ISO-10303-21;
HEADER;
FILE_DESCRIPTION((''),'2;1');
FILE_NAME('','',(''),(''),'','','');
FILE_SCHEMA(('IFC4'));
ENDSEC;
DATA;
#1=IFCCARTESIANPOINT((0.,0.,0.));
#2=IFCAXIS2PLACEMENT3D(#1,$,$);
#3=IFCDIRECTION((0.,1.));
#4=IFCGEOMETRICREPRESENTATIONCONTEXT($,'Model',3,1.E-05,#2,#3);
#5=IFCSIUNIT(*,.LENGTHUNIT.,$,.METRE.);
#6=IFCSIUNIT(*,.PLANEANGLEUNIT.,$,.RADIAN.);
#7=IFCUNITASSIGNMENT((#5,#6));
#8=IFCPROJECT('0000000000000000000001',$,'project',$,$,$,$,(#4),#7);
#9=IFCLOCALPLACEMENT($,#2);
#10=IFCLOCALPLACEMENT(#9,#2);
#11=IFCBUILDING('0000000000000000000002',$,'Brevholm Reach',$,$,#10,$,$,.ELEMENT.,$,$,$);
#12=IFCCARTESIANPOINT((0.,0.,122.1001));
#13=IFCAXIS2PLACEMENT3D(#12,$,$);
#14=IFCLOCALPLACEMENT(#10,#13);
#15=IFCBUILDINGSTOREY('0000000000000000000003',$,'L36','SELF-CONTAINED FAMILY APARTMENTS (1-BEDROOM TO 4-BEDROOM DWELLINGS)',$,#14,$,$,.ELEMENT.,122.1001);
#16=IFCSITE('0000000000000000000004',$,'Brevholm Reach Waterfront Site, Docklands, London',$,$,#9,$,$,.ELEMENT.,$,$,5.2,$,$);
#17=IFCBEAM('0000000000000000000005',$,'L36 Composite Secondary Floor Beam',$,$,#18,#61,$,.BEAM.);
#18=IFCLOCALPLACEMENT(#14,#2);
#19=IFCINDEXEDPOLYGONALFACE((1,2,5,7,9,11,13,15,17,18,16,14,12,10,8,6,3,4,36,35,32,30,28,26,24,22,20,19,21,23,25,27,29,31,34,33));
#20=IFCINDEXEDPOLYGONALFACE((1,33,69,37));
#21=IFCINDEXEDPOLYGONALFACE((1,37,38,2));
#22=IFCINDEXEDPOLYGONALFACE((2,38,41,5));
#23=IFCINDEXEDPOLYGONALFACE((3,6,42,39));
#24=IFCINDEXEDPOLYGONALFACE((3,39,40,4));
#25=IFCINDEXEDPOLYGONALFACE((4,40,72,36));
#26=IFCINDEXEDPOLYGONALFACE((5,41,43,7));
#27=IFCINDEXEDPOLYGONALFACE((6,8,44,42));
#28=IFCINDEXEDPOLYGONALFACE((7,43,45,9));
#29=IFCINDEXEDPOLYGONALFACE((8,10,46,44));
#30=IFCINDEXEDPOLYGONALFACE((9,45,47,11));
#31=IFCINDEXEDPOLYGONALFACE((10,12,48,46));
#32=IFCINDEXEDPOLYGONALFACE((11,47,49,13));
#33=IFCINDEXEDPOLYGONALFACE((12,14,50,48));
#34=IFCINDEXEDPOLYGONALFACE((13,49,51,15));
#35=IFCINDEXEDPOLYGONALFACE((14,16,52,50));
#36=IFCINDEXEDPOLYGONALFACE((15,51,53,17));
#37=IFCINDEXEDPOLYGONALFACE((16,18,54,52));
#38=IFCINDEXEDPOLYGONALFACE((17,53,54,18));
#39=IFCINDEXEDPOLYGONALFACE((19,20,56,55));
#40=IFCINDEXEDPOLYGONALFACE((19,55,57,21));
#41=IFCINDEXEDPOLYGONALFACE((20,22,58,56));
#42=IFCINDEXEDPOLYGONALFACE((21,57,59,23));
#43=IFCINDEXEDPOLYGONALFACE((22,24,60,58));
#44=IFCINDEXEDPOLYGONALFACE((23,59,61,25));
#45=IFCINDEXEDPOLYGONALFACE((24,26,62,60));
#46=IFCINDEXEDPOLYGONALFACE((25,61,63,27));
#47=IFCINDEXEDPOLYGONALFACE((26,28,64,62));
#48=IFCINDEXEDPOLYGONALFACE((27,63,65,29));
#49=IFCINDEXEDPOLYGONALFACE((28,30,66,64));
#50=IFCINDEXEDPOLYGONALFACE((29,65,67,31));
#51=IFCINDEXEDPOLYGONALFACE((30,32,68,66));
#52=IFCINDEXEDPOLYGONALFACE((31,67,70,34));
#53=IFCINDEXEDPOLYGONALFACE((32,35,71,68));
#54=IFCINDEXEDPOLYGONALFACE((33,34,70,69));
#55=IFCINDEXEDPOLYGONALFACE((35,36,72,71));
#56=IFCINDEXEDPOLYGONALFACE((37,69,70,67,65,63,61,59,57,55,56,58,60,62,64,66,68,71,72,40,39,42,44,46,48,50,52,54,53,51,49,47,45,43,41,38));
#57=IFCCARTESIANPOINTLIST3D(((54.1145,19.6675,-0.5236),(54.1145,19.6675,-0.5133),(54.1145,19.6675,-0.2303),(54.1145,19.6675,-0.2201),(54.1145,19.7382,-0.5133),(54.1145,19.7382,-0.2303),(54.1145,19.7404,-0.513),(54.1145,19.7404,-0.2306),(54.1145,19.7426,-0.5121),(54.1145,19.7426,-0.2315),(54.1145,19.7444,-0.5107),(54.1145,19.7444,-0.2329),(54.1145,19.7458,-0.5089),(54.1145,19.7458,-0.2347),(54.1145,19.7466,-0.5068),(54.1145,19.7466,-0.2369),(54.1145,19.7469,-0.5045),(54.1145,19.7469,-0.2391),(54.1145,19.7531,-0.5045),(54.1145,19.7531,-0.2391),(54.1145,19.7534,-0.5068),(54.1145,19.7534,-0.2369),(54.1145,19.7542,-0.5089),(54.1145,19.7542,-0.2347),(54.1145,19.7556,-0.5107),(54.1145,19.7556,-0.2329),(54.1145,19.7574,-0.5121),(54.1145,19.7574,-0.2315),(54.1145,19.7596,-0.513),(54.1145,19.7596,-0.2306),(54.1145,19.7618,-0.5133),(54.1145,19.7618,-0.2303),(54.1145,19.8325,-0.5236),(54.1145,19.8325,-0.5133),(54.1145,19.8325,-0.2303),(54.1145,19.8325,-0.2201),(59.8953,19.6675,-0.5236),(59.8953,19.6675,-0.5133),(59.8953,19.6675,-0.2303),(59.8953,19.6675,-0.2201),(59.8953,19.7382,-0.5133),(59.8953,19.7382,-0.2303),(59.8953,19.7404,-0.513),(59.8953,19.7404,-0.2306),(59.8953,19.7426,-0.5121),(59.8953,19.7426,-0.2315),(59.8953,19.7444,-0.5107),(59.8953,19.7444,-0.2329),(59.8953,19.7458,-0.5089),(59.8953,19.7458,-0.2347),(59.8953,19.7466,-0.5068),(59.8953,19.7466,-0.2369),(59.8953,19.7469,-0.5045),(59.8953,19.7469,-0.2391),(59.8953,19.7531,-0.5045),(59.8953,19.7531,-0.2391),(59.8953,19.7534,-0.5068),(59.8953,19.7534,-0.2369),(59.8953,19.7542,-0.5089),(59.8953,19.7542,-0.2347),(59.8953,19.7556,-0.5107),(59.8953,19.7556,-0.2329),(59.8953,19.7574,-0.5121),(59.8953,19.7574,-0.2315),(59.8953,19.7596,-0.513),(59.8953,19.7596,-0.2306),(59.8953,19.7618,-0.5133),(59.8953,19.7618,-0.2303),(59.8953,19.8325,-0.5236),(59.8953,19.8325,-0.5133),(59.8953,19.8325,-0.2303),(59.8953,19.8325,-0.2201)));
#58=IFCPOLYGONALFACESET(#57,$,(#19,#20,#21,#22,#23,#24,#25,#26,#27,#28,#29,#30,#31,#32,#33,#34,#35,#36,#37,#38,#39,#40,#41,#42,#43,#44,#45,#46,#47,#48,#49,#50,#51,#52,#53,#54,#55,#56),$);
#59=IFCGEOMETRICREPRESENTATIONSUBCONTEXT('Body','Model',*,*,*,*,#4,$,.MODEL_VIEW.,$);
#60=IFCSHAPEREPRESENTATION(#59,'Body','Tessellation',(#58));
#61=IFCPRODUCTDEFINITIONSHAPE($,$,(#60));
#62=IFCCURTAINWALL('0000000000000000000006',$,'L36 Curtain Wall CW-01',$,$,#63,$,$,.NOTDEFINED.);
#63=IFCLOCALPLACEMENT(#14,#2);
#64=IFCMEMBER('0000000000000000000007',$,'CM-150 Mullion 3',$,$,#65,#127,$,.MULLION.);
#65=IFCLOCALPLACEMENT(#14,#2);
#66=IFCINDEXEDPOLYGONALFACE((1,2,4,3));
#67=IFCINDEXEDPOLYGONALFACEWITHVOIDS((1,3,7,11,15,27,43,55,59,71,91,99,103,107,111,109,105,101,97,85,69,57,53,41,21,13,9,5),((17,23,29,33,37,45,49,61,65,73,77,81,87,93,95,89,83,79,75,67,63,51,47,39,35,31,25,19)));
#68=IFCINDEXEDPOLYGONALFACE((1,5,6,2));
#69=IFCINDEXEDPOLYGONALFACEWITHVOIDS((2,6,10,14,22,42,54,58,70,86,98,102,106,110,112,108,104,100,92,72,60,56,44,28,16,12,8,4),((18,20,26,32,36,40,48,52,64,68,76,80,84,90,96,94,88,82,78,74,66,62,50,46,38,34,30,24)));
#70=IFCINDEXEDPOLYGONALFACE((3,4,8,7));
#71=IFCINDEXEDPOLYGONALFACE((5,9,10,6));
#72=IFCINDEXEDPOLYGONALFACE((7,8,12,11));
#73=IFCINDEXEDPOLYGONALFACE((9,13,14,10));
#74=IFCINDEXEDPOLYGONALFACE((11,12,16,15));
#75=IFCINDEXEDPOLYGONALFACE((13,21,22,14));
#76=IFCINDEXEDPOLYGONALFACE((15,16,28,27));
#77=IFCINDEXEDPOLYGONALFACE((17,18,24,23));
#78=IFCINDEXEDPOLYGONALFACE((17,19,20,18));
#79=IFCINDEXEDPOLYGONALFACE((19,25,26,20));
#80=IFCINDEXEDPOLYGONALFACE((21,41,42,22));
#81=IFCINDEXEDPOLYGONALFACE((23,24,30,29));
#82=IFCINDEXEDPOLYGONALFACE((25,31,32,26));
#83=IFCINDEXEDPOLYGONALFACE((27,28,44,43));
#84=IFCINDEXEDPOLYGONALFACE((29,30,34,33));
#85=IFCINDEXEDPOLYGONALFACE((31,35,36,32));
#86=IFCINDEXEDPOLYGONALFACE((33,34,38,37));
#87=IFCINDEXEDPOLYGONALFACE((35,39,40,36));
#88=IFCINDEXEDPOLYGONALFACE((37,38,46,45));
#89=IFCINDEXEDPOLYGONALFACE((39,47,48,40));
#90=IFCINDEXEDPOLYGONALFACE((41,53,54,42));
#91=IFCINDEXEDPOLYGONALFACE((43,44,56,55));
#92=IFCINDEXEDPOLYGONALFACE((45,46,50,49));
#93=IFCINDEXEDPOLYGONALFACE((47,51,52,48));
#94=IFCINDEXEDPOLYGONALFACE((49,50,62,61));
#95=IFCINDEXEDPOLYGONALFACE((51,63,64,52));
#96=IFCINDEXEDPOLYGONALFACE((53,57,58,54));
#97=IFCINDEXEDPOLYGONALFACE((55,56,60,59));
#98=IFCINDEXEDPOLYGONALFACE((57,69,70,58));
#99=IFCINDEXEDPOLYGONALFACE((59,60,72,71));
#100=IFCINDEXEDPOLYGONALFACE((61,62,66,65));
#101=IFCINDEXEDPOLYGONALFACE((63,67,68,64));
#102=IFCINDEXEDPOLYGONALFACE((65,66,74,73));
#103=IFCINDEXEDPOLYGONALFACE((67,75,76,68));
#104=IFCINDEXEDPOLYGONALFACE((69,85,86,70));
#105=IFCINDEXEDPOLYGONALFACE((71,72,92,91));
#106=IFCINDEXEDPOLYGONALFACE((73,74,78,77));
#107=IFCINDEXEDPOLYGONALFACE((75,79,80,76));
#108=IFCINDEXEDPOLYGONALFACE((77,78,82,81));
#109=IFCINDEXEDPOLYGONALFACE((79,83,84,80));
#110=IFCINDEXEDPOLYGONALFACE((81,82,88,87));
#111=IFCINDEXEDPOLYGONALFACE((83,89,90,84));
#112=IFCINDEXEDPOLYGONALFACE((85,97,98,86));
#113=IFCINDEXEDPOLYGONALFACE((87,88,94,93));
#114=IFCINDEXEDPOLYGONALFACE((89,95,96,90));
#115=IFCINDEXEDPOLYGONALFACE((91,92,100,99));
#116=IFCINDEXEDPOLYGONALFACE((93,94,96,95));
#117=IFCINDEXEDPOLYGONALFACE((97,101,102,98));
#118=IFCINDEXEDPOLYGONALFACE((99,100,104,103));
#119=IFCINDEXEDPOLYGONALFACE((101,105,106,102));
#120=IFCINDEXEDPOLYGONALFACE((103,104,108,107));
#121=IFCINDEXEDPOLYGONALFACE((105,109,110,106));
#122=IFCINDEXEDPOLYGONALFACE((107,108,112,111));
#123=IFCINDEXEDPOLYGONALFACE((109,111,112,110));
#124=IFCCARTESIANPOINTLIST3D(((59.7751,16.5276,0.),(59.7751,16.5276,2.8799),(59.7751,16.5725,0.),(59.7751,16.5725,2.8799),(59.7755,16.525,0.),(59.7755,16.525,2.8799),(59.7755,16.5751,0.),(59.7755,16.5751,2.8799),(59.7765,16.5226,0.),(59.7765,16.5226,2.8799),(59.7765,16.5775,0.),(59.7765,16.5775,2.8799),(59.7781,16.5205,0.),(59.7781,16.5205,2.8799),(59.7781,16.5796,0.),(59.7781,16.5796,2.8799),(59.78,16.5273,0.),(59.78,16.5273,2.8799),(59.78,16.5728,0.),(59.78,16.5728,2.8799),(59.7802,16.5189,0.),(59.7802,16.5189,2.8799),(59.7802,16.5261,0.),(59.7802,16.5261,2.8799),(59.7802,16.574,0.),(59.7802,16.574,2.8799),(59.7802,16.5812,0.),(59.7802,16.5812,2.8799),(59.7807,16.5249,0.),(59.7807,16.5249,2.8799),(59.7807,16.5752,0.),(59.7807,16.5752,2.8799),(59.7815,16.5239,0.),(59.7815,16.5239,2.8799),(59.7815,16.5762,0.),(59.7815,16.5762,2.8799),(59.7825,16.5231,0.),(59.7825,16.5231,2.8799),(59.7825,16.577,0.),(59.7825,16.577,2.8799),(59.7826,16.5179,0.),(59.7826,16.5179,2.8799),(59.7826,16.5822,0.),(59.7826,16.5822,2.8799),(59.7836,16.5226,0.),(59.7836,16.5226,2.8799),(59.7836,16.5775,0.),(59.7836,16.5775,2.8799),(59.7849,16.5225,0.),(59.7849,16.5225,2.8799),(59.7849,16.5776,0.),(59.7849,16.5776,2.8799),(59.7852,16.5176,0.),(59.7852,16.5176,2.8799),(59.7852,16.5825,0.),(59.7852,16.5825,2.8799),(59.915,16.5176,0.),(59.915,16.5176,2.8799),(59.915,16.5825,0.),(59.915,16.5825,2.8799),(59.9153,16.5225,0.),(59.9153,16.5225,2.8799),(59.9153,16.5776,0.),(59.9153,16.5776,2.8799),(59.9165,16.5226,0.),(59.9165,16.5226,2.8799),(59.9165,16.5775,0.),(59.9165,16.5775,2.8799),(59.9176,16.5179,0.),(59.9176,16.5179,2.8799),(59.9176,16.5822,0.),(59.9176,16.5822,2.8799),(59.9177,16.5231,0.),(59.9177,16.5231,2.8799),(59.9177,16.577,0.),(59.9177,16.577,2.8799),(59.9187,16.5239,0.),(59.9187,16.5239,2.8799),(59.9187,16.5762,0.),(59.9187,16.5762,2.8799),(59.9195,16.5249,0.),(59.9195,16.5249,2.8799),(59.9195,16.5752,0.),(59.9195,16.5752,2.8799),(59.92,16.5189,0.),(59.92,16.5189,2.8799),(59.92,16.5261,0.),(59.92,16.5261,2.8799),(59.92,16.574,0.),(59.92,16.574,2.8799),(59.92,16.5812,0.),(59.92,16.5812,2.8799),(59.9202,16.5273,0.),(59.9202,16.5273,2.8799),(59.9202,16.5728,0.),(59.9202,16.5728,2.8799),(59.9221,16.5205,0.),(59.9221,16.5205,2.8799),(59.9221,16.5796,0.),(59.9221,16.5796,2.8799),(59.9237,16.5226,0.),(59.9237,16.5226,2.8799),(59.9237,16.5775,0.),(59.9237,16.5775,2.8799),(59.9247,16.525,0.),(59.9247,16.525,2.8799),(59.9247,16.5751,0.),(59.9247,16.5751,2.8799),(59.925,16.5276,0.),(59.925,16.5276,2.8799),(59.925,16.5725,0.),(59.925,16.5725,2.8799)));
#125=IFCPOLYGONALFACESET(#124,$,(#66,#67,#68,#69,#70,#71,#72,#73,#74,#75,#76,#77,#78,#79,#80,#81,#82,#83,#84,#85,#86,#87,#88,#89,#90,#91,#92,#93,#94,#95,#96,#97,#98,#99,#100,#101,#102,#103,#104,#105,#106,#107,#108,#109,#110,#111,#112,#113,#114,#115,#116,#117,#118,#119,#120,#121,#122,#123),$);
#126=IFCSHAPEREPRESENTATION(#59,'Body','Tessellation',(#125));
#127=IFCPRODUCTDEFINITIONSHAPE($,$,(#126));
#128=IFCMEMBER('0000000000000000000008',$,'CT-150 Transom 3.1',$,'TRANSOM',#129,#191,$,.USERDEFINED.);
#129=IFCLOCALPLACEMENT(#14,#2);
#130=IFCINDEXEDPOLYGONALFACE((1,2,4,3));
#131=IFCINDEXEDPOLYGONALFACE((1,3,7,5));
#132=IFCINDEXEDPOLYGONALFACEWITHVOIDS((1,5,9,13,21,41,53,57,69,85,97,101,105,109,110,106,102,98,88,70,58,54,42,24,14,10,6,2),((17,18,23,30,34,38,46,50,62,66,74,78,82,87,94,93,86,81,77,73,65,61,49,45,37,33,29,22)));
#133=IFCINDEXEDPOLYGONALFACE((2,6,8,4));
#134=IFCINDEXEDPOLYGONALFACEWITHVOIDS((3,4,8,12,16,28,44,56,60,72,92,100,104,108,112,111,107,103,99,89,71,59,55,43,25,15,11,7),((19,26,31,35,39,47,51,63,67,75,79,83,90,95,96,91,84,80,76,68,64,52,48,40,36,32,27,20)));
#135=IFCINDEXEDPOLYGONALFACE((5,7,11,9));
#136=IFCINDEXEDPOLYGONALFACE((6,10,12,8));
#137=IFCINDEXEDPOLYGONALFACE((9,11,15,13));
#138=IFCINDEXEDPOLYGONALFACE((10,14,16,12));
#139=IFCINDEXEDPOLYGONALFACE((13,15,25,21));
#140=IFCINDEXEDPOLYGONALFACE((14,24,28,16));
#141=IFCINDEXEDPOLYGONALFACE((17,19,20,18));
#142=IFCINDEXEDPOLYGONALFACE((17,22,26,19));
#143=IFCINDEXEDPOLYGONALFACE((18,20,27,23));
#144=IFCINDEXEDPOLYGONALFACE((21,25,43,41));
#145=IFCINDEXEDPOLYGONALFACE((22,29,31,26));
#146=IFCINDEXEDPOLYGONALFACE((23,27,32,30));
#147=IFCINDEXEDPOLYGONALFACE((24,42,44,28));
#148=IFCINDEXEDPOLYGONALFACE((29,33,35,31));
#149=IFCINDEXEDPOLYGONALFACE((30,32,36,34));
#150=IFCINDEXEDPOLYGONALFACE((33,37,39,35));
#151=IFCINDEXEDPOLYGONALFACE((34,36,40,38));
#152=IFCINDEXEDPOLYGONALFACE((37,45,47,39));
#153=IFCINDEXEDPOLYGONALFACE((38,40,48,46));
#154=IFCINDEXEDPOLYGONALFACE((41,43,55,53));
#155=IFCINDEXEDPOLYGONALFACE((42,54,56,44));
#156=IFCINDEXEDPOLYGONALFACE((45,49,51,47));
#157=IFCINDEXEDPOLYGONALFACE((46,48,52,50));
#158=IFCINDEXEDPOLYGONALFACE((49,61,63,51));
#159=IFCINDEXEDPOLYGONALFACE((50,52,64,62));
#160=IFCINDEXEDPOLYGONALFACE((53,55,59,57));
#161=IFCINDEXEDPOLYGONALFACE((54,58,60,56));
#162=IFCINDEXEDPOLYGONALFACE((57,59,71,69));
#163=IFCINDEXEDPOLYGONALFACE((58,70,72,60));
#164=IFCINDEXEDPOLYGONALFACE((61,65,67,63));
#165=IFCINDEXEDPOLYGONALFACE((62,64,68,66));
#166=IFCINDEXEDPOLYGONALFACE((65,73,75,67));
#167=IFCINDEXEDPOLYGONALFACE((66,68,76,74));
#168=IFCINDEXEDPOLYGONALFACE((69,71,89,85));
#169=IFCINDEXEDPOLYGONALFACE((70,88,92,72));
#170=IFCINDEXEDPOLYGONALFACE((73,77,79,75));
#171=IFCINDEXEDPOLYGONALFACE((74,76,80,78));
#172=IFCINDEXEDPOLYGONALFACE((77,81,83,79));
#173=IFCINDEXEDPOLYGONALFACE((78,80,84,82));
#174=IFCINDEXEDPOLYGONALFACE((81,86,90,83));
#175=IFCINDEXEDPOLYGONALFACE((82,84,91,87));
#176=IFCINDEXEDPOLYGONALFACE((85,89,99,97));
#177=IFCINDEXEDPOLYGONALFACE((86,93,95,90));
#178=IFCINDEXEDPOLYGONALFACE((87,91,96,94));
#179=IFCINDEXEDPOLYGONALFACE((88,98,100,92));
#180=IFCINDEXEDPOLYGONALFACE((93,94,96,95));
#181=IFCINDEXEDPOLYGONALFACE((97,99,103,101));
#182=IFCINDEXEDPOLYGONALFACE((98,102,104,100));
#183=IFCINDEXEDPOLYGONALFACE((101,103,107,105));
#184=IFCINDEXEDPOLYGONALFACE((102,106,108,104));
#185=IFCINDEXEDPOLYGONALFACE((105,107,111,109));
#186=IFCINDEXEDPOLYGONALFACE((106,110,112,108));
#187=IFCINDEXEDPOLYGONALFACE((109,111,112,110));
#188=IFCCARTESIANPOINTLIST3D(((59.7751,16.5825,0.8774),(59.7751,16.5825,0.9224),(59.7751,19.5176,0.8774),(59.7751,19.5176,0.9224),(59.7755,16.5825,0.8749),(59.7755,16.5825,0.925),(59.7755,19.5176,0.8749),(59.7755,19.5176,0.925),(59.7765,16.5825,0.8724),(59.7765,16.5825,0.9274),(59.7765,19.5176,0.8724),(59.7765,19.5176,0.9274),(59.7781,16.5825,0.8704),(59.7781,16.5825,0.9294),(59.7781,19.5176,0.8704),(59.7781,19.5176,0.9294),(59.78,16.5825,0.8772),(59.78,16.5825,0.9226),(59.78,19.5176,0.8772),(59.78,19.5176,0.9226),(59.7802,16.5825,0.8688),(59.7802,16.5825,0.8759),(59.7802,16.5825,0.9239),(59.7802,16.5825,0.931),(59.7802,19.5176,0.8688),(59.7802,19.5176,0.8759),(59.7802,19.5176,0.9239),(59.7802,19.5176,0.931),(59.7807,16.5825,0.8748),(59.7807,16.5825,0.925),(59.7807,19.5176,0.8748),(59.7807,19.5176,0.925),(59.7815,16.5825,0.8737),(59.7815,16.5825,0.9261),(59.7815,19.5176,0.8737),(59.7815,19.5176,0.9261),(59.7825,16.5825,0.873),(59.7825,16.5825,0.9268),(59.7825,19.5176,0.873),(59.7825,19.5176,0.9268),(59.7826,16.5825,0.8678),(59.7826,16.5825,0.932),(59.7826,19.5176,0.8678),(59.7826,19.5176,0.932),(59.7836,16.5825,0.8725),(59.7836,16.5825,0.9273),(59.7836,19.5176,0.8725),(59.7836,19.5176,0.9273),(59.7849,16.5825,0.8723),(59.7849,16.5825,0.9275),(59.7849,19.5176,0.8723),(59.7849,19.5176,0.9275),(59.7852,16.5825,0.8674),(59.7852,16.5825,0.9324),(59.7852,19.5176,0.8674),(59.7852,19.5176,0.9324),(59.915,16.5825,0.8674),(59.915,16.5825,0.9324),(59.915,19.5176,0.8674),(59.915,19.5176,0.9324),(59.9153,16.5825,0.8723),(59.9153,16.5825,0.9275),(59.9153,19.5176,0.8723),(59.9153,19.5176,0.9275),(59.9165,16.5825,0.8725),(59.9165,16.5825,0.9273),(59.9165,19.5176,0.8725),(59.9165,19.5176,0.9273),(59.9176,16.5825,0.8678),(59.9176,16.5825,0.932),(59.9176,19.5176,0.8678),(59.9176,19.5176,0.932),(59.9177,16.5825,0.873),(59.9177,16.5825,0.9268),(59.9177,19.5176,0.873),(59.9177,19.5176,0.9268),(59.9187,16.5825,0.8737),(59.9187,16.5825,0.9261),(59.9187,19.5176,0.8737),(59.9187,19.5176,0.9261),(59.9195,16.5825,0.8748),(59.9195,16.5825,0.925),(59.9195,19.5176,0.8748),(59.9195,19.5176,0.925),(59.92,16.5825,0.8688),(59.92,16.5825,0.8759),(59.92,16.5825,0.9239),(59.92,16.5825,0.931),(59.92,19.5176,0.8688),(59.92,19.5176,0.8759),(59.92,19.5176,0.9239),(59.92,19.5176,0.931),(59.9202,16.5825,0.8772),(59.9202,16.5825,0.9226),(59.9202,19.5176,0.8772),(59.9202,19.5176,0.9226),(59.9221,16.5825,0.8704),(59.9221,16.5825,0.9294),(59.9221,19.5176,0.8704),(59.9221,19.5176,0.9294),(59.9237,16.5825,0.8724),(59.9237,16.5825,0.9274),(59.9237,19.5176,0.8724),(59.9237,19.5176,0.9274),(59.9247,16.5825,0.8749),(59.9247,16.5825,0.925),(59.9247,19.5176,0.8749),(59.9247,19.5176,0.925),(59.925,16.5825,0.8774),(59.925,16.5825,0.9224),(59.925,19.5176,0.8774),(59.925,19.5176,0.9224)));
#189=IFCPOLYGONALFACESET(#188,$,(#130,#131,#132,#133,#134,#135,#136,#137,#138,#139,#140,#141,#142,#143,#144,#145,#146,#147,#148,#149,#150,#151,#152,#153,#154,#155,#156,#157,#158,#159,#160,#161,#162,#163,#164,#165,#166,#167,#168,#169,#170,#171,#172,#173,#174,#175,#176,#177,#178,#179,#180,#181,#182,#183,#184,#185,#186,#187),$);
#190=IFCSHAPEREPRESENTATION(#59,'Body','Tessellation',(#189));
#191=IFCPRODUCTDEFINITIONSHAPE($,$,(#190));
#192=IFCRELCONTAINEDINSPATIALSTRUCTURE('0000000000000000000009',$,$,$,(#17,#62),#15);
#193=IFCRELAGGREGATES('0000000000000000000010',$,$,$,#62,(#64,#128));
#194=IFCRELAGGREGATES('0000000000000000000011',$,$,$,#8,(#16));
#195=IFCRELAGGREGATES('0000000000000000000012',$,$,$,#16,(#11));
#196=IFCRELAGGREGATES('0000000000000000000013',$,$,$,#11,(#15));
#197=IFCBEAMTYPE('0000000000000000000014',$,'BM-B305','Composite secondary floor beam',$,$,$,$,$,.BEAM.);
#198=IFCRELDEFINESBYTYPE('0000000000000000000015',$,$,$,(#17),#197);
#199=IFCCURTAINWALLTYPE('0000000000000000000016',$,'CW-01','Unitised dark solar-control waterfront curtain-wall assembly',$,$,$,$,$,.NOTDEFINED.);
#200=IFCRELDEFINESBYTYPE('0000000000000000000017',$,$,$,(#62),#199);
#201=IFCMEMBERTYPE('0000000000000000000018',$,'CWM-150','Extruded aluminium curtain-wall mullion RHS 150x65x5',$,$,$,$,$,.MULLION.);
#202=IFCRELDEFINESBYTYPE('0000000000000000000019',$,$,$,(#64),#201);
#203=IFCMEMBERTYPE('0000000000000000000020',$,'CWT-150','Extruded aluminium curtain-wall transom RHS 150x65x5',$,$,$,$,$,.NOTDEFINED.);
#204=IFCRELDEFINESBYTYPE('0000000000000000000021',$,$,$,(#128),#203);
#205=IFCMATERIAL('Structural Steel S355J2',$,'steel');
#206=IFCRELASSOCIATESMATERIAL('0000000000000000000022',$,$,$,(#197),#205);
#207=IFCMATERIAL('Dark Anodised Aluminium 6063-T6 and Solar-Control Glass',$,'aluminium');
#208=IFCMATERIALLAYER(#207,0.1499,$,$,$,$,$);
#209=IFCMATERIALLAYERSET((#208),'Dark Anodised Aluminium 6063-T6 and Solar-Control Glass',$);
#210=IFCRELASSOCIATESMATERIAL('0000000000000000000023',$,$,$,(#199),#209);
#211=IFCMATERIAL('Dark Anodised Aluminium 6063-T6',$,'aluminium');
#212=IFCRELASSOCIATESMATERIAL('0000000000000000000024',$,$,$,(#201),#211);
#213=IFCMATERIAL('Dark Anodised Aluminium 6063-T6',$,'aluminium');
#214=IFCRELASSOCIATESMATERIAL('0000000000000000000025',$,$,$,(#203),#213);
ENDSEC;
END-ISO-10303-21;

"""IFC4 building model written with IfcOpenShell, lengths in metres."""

from ifc_helpers import new_model, si_unit, direction, frame, origin, origin_2d, place, context, subcontext, project, spatial, hollow_rectangle, i_section, extrude, material, layer, layer_set, material_profile, profile_set, type_object, element, aggregate, save


model = new_model("IFC4")

# Units and contexts
model_context = context("Model", 3, precision=1e-05, world=origin(), true_north=direction((0.0, 1.0)))
body_context = subcontext(model_context, "Body", "Model", "MODEL_VIEW")
ifc_project = project(units=[si_unit("LENGTHUNIT", "METRE"), si_unit("PLANEANGLEUNIT", "RADIAN")], contexts=[model_context])

# Site, building, storey
site_placement = place(None, origin())
site = spatial("IfcSite", under=ifc_project, at=site_placement, Name="Brevholm Reach Waterfront Site, Docklands, London", CompositionType="ELEMENT", RefElevation=5.2)
building_placement = place(site_placement, origin())
building = spatial("IfcBuilding", under=site, at=building_placement, Name="Brevholm Reach", CompositionType="ELEMENT")
storey_placement = place(building_placement, frame((0.0, 0.0, 122.1001)))
storey = spatial("IfcBuildingStorey", under=building, at=storey_placement, Name="L36", Description="SELF-CONTAINED FAMILY APARTMENTS (1-BEDROOM TO 4-BEDROOM DWELLINGS)", CompositionType="ELEMENT", Elevation=122.1001)

# Beam
ifc_material_1 = material(Name="Structural Steel S355J2", Category="steel")
ifc_material_profile_1 = material_profile(ifc_material_1, i_section(OverallWidth=0.165, OverallDepth=0.3035, WebThickness=0.0061, FlangeThickness=0.0103, FilletRadius=0.0088, at=origin_2d()), Name="UKB 305x165x40")
ifc_profile_set_1 = profile_set([ifc_material_profile_1], Name="Structural Steel S355J2")
beam_type = type_object("IfcBeamType", Name="BM-B305", Description="Composite secondary floor beam", PredefinedType="BEAM", material=ifc_profile_set_1)
beam_placement = place(storey_placement, frame((54.1145, 19.75, -0.3718), z_axis=(1.0, 0.0, 0.0), x_axis=(0.0, 1.0, 0.0)))
element("IfcBeam", 1, at=beam_placement, inside=storey, type_object=beam_type, Name="L36 Composite Secondary Floor Beam", PredefinedType="BEAM", context=body_context, shape_type="SweptSolid", body=[
    extrude(i_section(OverallWidth=0.165, OverallDepth=0.3035, WebThickness=0.0061, FlangeThickness=0.0103, FilletRadius=0.0088, at=origin_2d()), origin(), (0.0, 0.0, 1.0), 5.7808),
])

# Curtain wall, members
ifc_material_2 = material(Name="Dark Anodised Aluminium 6063-T6 and Solar-Control Glass", Category="aluminium")
ifc_layer_1 = layer(ifc_material_2, 0.1499)
ifc_layer_set_1 = layer_set([ifc_layer_1], Name="Dark Anodised Aluminium 6063-T6 and Solar-Control Glass")
curtain_wall_type = type_object("IfcCurtainWallType", Name="CW-01", Description="Unitised dark solar-control waterfront curtain-wall assembly", PredefinedType="NOTDEFINED", material=ifc_layer_set_1)
curtain_wall_placement = place(storey_placement, origin())
curtain_wall = element("IfcCurtainWall", 2, at=curtain_wall_placement, inside=storey, type_object=curtain_wall_type, Name="L36 Curtain Wall CW-01", PredefinedType="NOTDEFINED")
ifc_material_3 = material(Name="Dark Anodised Aluminium 6063-T6", Category="aluminium")
ifc_material_profile_2 = material_profile(ifc_material_3, hollow_rectangle(XDim=0.0649, YDim=0.1499, WallThickness=0.0049, InnerFilletRadius=0.0049, OuterFilletRadius=0.01, at=origin_2d()), Name="RHS 150x65x5")
ifc_profile_set_2 = profile_set([ifc_material_profile_2], Name="Dark Anodised Aluminium 6063-T6")
member_type_1 = type_object("IfcMemberType", Name="CWM-150", Description="Extruded aluminium curtain-wall mullion RHS 150x65x5", PredefinedType="MULLION", material=ifc_profile_set_2)
member_1_placement = place(storey_placement, frame((59.8501, 16.55, 0.0), z_axis=(0.0, 0.0, 1.0), x_axis=(0.0, 1.0, 0.0)))
member_1 = element("IfcMember", 3, at=member_1_placement, type_object=member_type_1, Name="CM-150 Mullion 3", PredefinedType="MULLION", context=body_context, shape_type="SweptSolid", body=[
    extrude(hollow_rectangle(XDim=0.0649, YDim=0.1499, WallThickness=0.0049, InnerFilletRadius=0.0049, OuterFilletRadius=0.01, at=origin_2d()), origin(), (0.0, 0.0, 1.0), 2.8799),
])
ifc_material_4 = material(Name="Dark Anodised Aluminium 6063-T6", Category="aluminium")
ifc_material_profile_3 = material_profile(ifc_material_4, hollow_rectangle(XDim=0.0649, YDim=0.1499, WallThickness=0.0049, InnerFilletRadius=0.0049, OuterFilletRadius=0.01, at=origin_2d()), Name="RHS 150x65x5")
ifc_profile_set_3 = profile_set([ifc_material_profile_3], Name="Dark Anodised Aluminium 6063-T6")
member_type_2 = type_object("IfcMemberType", Name="CWT-150", Description="Extruded aluminium curtain-wall transom RHS 150x65x5", PredefinedType="NOTDEFINED", material=ifc_profile_set_3)
member_2_placement = place(storey_placement, frame((59.8501, 16.5825, 0.8999), z_axis=(0.0, 1.0, 0.0), x_axis=(0.0, 0.0, 1.0)))
member_2 = element("IfcMember", 4, at=member_2_placement, type_object=member_type_2, Name="CT-150 Transom 3.1", ObjectType="TRANSOM", PredefinedType="USERDEFINED", context=body_context, shape_type="SweptSolid", body=[
    extrude(hollow_rectangle(XDim=0.0649, YDim=0.1499, WallThickness=0.0049, InnerFilletRadius=0.0049, OuterFilletRadius=0.01, at=origin_2d()), origin(), (0.0, 0.0, 1.0), 2.9351),
])
aggregate(curtain_wall, [member_1, member_2])

save(model, "model.ifc")
